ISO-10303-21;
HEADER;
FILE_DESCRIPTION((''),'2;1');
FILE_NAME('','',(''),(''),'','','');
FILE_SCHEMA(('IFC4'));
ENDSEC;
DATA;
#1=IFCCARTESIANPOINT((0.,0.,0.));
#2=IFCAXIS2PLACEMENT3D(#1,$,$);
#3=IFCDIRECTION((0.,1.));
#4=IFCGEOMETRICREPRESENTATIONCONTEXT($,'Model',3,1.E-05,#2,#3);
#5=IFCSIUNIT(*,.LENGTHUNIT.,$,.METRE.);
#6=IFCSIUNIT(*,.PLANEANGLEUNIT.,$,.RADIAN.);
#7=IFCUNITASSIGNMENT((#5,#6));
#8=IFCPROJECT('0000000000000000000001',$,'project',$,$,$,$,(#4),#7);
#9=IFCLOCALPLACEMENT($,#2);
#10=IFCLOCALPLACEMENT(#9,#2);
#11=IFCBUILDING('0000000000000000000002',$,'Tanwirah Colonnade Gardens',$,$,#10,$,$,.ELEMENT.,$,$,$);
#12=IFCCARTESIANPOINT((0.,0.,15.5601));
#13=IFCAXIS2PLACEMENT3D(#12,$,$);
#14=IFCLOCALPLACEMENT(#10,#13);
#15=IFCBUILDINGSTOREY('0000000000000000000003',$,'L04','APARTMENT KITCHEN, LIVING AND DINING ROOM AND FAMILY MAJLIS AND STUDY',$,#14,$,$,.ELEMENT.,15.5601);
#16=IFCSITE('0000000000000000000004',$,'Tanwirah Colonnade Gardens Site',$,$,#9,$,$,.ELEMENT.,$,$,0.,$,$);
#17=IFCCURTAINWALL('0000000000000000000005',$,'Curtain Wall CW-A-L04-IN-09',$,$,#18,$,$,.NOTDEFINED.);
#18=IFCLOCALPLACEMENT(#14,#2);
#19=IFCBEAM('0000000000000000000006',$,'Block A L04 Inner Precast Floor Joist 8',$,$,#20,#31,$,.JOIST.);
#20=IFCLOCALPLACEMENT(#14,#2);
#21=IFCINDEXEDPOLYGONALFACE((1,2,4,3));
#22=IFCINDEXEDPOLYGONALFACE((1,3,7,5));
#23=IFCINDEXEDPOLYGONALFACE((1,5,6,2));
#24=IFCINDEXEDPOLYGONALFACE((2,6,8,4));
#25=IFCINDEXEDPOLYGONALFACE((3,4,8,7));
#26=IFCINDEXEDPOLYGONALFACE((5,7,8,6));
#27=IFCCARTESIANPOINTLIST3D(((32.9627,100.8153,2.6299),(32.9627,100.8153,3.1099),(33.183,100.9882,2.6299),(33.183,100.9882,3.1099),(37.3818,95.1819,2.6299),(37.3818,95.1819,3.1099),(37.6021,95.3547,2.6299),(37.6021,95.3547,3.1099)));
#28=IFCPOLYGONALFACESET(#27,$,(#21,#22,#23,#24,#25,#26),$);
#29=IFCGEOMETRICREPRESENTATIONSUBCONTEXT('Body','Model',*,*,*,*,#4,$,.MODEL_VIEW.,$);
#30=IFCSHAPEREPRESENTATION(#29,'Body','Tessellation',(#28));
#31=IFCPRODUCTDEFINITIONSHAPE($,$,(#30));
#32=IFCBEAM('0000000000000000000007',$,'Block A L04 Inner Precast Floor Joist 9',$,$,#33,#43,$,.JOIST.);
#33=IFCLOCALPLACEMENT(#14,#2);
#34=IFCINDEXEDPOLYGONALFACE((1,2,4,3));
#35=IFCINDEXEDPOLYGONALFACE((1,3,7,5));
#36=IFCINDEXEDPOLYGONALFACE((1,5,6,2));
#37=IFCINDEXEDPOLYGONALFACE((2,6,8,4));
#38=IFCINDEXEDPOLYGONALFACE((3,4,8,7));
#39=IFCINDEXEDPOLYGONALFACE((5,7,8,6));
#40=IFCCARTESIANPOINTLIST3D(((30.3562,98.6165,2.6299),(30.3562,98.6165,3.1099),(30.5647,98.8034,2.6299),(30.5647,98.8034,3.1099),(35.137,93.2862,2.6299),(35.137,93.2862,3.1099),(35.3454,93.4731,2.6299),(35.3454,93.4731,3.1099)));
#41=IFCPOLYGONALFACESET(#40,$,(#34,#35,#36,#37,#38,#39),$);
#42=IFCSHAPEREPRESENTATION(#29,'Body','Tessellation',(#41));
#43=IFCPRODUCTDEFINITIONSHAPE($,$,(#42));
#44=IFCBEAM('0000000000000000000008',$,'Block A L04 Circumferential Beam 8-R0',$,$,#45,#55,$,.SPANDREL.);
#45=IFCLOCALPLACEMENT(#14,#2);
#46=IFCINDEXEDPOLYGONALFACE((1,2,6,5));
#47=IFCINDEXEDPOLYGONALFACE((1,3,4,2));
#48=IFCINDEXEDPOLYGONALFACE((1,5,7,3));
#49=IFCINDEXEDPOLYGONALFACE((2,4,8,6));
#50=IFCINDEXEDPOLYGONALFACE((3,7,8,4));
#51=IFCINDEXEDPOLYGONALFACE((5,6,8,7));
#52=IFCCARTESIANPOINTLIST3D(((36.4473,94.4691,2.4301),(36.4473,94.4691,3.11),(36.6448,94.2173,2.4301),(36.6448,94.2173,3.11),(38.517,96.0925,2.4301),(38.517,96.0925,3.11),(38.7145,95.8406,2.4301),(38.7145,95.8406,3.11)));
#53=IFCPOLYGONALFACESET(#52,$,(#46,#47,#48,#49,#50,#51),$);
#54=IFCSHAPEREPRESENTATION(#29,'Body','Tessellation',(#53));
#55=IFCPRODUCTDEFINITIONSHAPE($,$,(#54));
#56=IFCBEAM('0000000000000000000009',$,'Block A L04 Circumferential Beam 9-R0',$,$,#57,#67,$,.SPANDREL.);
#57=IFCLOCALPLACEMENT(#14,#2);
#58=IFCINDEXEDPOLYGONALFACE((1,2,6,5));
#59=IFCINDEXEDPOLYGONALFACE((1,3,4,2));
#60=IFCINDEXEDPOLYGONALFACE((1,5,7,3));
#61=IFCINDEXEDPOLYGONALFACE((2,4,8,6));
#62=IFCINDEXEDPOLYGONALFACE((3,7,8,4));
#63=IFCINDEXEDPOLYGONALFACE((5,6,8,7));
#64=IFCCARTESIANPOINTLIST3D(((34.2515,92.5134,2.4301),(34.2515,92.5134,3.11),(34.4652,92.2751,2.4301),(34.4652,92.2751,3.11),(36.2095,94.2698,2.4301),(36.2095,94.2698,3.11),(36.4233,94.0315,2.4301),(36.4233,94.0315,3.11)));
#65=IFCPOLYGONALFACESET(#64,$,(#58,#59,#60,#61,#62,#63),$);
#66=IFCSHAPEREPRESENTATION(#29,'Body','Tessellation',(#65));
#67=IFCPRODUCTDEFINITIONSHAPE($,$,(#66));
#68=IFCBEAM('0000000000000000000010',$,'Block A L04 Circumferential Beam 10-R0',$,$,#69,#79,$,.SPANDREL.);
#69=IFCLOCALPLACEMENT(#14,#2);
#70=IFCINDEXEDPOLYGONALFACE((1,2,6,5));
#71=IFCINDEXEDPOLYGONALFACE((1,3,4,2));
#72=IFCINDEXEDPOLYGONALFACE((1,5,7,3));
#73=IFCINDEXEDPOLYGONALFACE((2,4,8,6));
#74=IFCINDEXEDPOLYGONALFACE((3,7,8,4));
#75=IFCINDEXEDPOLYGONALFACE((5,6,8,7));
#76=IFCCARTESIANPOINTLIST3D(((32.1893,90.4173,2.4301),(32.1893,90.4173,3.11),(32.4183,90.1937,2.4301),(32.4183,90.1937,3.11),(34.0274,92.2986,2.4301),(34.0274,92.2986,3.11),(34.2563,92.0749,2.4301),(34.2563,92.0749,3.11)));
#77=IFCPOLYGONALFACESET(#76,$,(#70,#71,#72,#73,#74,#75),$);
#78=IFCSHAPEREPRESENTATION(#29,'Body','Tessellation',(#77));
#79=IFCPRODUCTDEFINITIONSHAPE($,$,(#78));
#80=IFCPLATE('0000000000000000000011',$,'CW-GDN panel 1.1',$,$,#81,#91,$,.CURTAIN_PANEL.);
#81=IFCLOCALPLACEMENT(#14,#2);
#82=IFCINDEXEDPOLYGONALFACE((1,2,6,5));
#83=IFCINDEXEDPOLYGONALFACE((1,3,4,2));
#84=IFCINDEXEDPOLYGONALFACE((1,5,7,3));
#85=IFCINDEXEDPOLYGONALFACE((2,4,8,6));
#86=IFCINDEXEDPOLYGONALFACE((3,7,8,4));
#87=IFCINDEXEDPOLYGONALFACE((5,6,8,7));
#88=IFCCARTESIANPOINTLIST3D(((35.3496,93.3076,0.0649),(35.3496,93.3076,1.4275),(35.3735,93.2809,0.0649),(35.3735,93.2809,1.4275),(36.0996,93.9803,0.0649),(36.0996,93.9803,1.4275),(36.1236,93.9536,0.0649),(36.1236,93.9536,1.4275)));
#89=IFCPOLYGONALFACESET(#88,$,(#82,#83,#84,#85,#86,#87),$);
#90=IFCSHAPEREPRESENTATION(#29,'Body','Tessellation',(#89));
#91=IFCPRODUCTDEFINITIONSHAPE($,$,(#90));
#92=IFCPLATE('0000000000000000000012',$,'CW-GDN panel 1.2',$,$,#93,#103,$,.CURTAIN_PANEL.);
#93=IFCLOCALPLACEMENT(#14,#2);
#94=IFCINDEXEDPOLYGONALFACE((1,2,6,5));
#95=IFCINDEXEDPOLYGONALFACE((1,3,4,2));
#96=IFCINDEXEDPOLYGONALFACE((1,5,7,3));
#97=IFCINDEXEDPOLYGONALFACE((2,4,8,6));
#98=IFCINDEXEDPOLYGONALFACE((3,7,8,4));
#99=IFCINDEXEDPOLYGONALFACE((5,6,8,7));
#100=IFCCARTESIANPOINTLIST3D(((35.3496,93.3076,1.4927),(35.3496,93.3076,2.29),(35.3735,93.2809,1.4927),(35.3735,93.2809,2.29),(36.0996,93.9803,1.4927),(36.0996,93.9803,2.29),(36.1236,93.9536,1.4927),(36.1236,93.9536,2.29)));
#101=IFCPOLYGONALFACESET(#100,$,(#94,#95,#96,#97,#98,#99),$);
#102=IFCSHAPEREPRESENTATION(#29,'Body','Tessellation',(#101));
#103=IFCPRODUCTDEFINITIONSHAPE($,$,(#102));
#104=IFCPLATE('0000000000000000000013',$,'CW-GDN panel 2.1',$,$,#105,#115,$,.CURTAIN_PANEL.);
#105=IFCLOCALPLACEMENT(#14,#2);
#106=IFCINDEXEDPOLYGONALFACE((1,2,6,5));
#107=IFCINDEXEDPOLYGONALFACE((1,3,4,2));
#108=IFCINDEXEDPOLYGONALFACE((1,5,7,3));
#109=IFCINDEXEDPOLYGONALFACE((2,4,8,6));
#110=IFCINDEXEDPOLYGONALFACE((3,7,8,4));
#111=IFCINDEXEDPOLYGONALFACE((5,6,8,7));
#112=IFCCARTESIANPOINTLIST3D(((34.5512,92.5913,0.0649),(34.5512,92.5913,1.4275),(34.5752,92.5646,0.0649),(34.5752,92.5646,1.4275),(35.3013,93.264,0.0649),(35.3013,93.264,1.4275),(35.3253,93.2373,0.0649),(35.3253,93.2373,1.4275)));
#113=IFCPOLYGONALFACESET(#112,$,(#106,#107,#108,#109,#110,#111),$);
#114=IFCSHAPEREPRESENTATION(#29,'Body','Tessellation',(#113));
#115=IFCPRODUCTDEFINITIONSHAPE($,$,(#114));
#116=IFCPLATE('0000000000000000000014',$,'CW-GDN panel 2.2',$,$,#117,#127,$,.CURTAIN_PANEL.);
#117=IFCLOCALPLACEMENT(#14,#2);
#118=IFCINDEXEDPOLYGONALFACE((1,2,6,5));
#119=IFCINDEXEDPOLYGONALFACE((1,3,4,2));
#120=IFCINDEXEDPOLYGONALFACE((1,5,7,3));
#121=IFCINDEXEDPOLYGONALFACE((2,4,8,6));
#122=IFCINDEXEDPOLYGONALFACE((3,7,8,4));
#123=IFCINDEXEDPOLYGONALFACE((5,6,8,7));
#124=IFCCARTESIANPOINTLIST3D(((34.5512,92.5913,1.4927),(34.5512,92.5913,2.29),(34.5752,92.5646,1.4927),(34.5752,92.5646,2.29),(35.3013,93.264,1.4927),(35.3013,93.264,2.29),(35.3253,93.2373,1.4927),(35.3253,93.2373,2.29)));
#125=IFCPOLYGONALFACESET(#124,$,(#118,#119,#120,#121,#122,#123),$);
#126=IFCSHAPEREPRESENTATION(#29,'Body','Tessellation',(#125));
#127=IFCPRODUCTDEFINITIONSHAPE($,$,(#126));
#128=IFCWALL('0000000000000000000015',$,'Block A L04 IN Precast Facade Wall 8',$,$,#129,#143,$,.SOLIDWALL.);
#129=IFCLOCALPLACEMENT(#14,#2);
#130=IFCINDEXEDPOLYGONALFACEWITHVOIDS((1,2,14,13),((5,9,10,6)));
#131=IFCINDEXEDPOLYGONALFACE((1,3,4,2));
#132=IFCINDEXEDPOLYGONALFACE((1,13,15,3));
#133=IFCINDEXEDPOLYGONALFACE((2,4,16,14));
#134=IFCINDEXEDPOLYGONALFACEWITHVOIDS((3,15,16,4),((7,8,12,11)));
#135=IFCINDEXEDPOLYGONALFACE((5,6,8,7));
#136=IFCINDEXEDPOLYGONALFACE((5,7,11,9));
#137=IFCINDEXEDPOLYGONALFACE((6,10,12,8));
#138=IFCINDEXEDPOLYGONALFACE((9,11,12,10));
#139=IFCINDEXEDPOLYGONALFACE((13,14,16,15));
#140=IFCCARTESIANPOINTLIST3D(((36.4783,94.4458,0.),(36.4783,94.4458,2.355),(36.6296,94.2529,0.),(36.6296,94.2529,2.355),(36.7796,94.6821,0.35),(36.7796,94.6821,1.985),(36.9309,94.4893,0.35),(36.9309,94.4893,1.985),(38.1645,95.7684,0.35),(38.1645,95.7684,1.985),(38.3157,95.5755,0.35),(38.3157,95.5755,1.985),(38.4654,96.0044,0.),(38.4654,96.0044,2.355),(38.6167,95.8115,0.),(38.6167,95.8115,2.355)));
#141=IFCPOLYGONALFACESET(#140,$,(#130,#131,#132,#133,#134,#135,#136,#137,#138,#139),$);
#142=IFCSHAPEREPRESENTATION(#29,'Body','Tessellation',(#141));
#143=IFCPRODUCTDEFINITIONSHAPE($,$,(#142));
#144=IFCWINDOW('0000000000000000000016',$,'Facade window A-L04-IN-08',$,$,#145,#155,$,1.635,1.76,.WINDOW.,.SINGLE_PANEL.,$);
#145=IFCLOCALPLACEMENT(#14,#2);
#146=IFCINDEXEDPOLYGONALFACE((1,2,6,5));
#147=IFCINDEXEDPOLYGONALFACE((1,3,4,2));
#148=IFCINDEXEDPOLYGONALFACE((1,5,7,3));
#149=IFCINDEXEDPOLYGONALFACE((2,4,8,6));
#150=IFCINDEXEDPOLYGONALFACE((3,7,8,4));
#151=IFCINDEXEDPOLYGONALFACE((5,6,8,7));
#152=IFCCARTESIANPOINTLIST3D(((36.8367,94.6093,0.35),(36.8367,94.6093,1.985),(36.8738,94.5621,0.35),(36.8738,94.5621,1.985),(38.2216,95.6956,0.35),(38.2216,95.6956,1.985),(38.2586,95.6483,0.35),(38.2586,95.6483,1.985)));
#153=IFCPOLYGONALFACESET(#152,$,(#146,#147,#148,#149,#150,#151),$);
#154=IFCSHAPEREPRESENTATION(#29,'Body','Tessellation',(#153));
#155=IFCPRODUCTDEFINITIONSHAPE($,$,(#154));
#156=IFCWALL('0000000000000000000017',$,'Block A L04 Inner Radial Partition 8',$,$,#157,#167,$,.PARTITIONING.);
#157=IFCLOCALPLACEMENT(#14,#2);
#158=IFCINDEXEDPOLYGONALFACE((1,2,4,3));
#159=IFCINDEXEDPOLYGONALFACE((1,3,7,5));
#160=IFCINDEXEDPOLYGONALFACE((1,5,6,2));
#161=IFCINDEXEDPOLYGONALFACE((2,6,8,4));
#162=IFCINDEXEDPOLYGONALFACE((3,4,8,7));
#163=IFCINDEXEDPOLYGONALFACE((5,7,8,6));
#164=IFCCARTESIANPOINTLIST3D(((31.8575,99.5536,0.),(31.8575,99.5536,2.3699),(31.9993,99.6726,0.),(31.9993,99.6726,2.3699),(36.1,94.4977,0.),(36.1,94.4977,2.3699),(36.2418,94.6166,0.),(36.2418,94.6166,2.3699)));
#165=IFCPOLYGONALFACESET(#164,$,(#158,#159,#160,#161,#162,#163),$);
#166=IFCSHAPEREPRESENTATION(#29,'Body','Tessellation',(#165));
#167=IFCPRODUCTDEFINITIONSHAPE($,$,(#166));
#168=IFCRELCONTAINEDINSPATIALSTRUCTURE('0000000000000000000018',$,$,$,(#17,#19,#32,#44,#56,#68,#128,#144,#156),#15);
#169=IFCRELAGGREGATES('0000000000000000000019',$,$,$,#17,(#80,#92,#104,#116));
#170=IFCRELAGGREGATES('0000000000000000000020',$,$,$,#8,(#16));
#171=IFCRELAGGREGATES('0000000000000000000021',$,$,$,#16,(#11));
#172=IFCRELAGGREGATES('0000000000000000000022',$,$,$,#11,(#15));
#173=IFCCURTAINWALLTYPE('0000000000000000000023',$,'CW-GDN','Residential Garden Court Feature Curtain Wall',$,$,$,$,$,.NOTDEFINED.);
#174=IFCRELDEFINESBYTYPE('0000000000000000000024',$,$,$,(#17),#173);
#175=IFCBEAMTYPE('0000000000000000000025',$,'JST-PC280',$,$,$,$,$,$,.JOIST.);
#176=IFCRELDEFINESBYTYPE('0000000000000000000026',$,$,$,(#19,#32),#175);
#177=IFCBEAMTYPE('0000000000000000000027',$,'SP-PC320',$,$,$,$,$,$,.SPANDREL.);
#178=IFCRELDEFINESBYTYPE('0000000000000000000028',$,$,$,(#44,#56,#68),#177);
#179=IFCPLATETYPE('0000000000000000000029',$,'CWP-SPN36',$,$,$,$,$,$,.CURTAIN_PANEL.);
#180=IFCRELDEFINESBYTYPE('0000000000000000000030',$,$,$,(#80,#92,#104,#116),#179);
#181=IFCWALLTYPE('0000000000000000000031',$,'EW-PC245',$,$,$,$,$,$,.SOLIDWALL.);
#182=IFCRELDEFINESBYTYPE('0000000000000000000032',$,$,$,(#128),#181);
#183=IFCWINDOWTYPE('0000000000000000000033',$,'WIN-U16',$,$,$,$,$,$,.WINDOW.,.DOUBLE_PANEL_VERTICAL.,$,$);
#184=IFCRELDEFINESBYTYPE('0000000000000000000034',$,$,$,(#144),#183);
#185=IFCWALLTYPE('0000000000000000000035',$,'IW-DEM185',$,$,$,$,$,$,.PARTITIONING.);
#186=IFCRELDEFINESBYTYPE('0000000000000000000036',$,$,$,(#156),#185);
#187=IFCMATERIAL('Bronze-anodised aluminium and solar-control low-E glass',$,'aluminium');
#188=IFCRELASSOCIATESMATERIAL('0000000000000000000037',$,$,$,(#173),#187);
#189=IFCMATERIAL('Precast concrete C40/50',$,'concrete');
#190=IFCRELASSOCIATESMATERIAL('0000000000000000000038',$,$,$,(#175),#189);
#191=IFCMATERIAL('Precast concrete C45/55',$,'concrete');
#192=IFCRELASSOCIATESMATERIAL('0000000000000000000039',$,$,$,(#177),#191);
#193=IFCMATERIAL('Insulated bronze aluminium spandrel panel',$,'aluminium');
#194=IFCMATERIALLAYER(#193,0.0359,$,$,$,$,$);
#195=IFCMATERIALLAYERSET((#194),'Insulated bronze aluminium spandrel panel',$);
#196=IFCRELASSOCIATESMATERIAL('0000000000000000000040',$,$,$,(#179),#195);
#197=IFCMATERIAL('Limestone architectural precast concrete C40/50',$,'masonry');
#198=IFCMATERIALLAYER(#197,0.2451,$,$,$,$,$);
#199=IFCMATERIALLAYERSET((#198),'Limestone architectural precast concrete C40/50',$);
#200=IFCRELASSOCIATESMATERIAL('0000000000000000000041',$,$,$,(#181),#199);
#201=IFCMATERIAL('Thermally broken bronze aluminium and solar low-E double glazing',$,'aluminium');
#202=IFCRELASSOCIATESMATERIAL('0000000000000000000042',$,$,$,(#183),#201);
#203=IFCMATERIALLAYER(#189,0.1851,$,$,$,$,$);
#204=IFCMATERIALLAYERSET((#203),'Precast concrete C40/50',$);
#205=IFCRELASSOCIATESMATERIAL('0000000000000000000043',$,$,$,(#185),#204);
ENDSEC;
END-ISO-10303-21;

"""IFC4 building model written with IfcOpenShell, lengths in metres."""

from ifc_helpers import new_model, si_unit, direction, frame, frame_2d, origin, origin_2d, place, context, subcontext, project, spatial, rectangle, extrude, material, layer, layer_set, material_profile, profile_set, type_object, element, fill, aggregate, save


model = new_model("IFC4")

# Units and contexts
model_context = context("Model", 3, precision=1e-05, world=origin(), true_north=direction((0.0, 1.0)))
body_context = subcontext(model_context, "Body", "Model", "MODEL_VIEW")
ifc_project = project(units=[si_unit("LENGTHUNIT", "METRE"), si_unit("PLANEANGLEUNIT", "RADIAN")], contexts=[model_context])

# Site, building, storey
site_placement = place(None, origin())
site = spatial("IfcSite", under=ifc_project, at=site_placement, Name="Tanwirah Colonnade Gardens Site", CompositionType="ELEMENT", RefElevation=0.0)
building_placement = place(site_placement, origin())
building = spatial("IfcBuilding", under=site, at=building_placement, Name="Tanwirah Colonnade Gardens", CompositionType="ELEMENT")
storey_placement = place(building_placement, frame((0.0, 0.0, 15.5601)))
storey = spatial("IfcBuildingStorey", under=building, at=storey_placement, Name="L04", Description="APARTMENT KITCHEN, LIVING AND DINING ROOM AND FAMILY MAJLIS AND STUDY", CompositionType="ELEMENT", Elevation=15.5601)

# Shared definitions
ifc_material_1 = material(Name="Precast concrete C45/55", Category="concrete")
ifc_material_2 = material(Name="Precast concrete C40/50", Category="concrete")

# Curtain wall
ifc_material_3 = material(Name="Bronze-anodised aluminium and solar-control low-E glass", Category="aluminium")
curtain_wall_type = type_object("IfcCurtainWallType", Name="CW-GDN", Description="Residential Garden Court Feature Curtain Wall", PredefinedType="NOTDEFINED", material=ifc_material_3)
curtain_wall_placement = place(storey_placement, origin())
curtain_wall = element("IfcCurtainWall", 1, at=curtain_wall_placement, inside=storey, type_object=curtain_wall_type, Name="Curtain Wall CW-A-L04-IN-09", PredefinedType="NOTDEFINED")

# Beams
ifc_material_profile_1 = material_profile(ifc_material_2, rectangle(XDim=0.28, YDim=0.48, at=origin_2d()), Name="PC-JST 280x480")
ifc_profile_set_1 = profile_set([ifc_material_profile_1], Name="Precast concrete C40/50")
beam_type_1 = type_object("IfcBeamType", Name="JST-PC280", PredefinedType="JOIST", material=ifc_profile_set_1)
beam_1_placement = place(storey_placement, frame((37.4919, 95.2683, 2.8699), z_axis=(-0.617202, 0.786804, 0.0), x_axis=(-0.786804, -0.617202, 0.0)))
element("IfcBeam", 2, at=beam_1_placement, inside=storey, type_object=beam_type_1, Name="Block A L04 Inner Precast Floor Joist 8", PredefinedType="JOIST", context=body_context, shape_type="SweptSolid", body=[
    extrude(rectangle(XDim=0.28, YDim=0.48, at=origin_2d()), origin(), (0.0, 0.0, 1.0), 7.1599),
])
beam_2_placement = place(storey_placement, frame((35.2412, 93.3796, 2.8699), z_axis=(-0.667688, 0.744441, 0.0), x_axis=(-0.744441, -0.667688, 0.0)))
element("IfcBeam", 3, at=beam_2_placement, inside=storey, type_object=beam_type_1, Name="Block A L04 Inner Precast Floor Joist 9", PredefinedType="JOIST", context=body_context, shape_type="SweptSolid", body=[
    extrude(rectangle(XDim=0.28, YDim=0.48, at=origin_2d()), origin(), (0.0, 0.0, 1.0), 7.1602),
])
ifc_material_profile_2 = material_profile(ifc_material_1, rectangle(XDim=0.3201, YDim=0.6799, at=origin_2d()), Name="PC-SP 320x680")
ifc_profile_set_2 = profile_set([ifc_material_profile_2], Name="Precast concrete C45/55")
beam_type_2 = type_object("IfcBeamType", Name="SP-PC320", PredefinedType="SPANDREL", material=ifc_profile_set_2)
for number, where, z_axis, x_axis, name in (
    (4, (38.6157, 95.9666, 2.77), (-0.786837, -0.617161, 0.0), (0.617161, -0.786837, 0.0), "Block A L04 Circumferential Beam 8-R0"),
    (5, (36.3164, 94.1506, 2.77), (-0.744401, -0.667733, 0.0), (0.667733, -0.744401, 0.0), "Block A L04 Circumferential Beam 9-R0"),
):
    element("IfcBeam", number, at=place(storey_placement, frame(where, z_axis=z_axis, x_axis=x_axis)), inside=storey, type_object=beam_type_2, Name=name, PredefinedType="SPANDREL", context=body_context, shape_type="SweptSolid", body=[
        extrude(rectangle(XDim=0.3201, YDim=0.6799, at=origin_2d()), origin(), (0.0, 0.0, 1.0), 2.6304),
    ])
beam_3_placement = place(storey_placement, frame((34.1418, 92.1868, 2.77), z_axis=(-0.698844, -0.715274, 0.0), x_axis=(0.715274, -0.698844, 0.0)))
element("IfcBeam", 6, at=beam_3_placement, inside=storey, type_object=beam_type_2, Name="Block A L04 Circumferential Beam 10-R0", PredefinedType="SPANDREL", context=body_context, shape_type="SweptSolid", body=[
    extrude(rectangle(XDim=0.3201, YDim=0.6799, at=origin_2d()), origin(), (0.0, 0.0, 1.0), 2.6301),
])

# Plates
ifc_material_4 = material(Name="Insulated bronze aluminium spandrel panel", Category="aluminium")
ifc_layer_1 = layer(ifc_material_4, 0.0359)
ifc_layer_set_1 = layer_set([ifc_layer_1], Name="Insulated bronze aluminium spandrel panel")
plate_type = type_object("IfcPlateType", Name="CWP-SPN36", PredefinedType="CURTAIN_PANEL", material=ifc_layer_set_1)
plate_1_placement = place(storey_placement, frame((35.7366, 93.6306, 0.0649), z_axis=(0.0, 0.0, 1.0), x_axis=(-0.74444, -0.667689, 0.0)))
plate_1 = element("IfcPlate", 7, at=plate_1_placement, type_object=plate_type, Name="CW-GDN panel 1.1", PredefinedType="CURTAIN_PANEL", context=body_context, shape_type="SweptSolid", body=[
    extrude(rectangle(XDim=1.0076, YDim=0.0359, at=origin_2d()), origin(), (0.0, 0.0, 1.0), 1.3625),
])
plate_2_placement = place(storey_placement, frame((35.7366, 93.6306, 1.4927), z_axis=(0.0, 0.0, 1.0), x_axis=(-0.74444, -0.667689, 0.0)))
plate_2 = element("IfcPlate", 8, at=plate_2_placement, type_object=plate_type, Name="CW-GDN panel 1.2", PredefinedType="CURTAIN_PANEL", context=body_context, shape_type="SweptSolid", body=[
    extrude(rectangle(XDim=1.0076, YDim=0.0359, at=origin_2d()), origin(), (0.0, 0.0, 1.0), 0.7974),
])
plate_3_placement = place(storey_placement, frame((34.9382, 92.9143, 0.0649), z_axis=(0.0, 0.0, 1.0), x_axis=(-0.74444, -0.667689, 0.0)))
plate_3 = element("IfcPlate", 9, at=plate_3_placement, type_object=plate_type, Name="CW-GDN panel 2.1", PredefinedType="CURTAIN_PANEL", context=body_context, shape_type="SweptSolid", body=[
    extrude(rectangle(XDim=1.0076, YDim=0.0359, at=origin_2d()), origin(), (0.0, 0.0, 1.0), 1.3625),
])
plate_4_placement = place(storey_placement, frame((34.9382, 92.9143, 1.4927), z_axis=(0.0, 0.0, 1.0), x_axis=(-0.74444, -0.667689, 0.0)))
plate_4 = element("IfcPlate", 10, at=plate_4_placement, type_object=plate_type, Name="CW-GDN panel 2.2", PredefinedType="CURTAIN_PANEL", context=body_context, shape_type="SweptSolid", body=[
    extrude(rectangle(XDim=1.0076, YDim=0.0359, at=origin_2d()), origin(), (0.0, 0.0, 1.0), 0.7974),
])
aggregate(curtain_wall, [plate_1, plate_2, plate_3, plate_4])

# Wall, opening, window
ifc_material_5 = material(Name="Limestone architectural precast concrete C40/50", Category="masonry")
ifc_layer_2 = layer(ifc_material_5, 0.2451)
ifc_layer_set_2 = layer_set([ifc_layer_2], Name="Limestone architectural precast concrete C40/50")
wall_type_1 = type_object("IfcWallType", Name="EW-PC245", PredefinedType="SOLIDWALL", material=ifc_layer_set_2)
wall_1_placement = place(storey_placement, frame((38.541, 95.908, 0.0), z_axis=(0.0, 0.0, 1.0), x_axis=(-0.786831, -0.617168, 0.0)))
wall_1 = element("IfcWall", 11, at=wall_1_placement, inside=storey, type_object=wall_type_1, Name="Block A L04 IN Precast Facade Wall 8", PredefinedType="SOLIDWALL", context=body_context, shape_type="SweptSolid", body=[
    extrude(rectangle(XDim=2.5254, YDim=0.2451, at=frame_2d((1.2627, 0.0))), origin(), (0.0, 0.0, 1.0), 2.355),
])
opening_placement = place(wall_1_placement, frame((0.3826, 0.0, 0.3501)))
opening = element("IfcOpeningElement", 12, at=opening_placement, cuts=wall_1, PredefinedType="OPENING", context=body_context, shape_type="SweptSolid", body=[
    extrude(rectangle(XDim=1.76, YDim=1.635, at=frame_2d((0.8799, 0.8174))), frame((0.0, 0.1326, 0.0), z_axis=(0.0, -1.0, 0.0), x_axis=(1.0, 0.0, 0.0)), (0.0, 0.0, 1.0), 0.2651),
])
ifc_material_6 = material(Name="Thermally broken bronze aluminium and solar low-E double glazing", Category="aluminium")
window_type = type_object("IfcWindowType", Name="WIN-U16", PartitioningType="DOUBLE_PANEL_VERTICAL", PredefinedType="WINDOW", material=ifc_material_6)
window_placement = place(opening_placement, origin())
window = element("IfcWindow", 13, at=window_placement, inside=storey, type_object=window_type, Name="Facade window A-L04-IN-08", OverallHeight=1.635, OverallWidth=1.76, PartitioningType="SINGLE_PANEL", PredefinedType="WINDOW", context=body_context, shape_type="SweptSolid", body=[
    extrude(rectangle(XDim=1.76, YDim=1.635, at=frame_2d((0.8799, 0.8174))), frame((0.0, 0.03, 0.0), z_axis=(0.0, -1.0, 0.0), x_axis=(1.0, 0.0, 0.0)), (0.0, 0.0, 1.0), 0.0601),
])
fill(opening, window)

# Wall
ifc_layer_3 = layer(ifc_material_2, 0.1851)
ifc_layer_set_3 = layer_set([ifc_layer_3], Name="Precast concrete C40/50")
wall_type_2 = type_object("IfcWallType", Name="IW-DEM185", PredefinedType="PARTITIONING", material=ifc_layer_set_3)
wall_2_placement = place(storey_placement, frame((36.1709, 94.5571, 0.0), z_axis=(0.0, 0.0, 1.0), x_axis=(-0.642789, 0.766043, 0.0)))
element("IfcWall", 14, at=wall_2_placement, inside=storey, type_object=wall_type_2, Name="Block A L04 Inner Radial Partition 8", PredefinedType="PARTITIONING", context=body_context, shape_type="SweptSolid", body=[
    extrude(rectangle(XDim=6.6001, YDim=0.1851, at=frame_2d((3.3, 0.0))), origin(), (0.0, 0.0, 1.0), 2.3699),
])

save(model, "model.ifc")
